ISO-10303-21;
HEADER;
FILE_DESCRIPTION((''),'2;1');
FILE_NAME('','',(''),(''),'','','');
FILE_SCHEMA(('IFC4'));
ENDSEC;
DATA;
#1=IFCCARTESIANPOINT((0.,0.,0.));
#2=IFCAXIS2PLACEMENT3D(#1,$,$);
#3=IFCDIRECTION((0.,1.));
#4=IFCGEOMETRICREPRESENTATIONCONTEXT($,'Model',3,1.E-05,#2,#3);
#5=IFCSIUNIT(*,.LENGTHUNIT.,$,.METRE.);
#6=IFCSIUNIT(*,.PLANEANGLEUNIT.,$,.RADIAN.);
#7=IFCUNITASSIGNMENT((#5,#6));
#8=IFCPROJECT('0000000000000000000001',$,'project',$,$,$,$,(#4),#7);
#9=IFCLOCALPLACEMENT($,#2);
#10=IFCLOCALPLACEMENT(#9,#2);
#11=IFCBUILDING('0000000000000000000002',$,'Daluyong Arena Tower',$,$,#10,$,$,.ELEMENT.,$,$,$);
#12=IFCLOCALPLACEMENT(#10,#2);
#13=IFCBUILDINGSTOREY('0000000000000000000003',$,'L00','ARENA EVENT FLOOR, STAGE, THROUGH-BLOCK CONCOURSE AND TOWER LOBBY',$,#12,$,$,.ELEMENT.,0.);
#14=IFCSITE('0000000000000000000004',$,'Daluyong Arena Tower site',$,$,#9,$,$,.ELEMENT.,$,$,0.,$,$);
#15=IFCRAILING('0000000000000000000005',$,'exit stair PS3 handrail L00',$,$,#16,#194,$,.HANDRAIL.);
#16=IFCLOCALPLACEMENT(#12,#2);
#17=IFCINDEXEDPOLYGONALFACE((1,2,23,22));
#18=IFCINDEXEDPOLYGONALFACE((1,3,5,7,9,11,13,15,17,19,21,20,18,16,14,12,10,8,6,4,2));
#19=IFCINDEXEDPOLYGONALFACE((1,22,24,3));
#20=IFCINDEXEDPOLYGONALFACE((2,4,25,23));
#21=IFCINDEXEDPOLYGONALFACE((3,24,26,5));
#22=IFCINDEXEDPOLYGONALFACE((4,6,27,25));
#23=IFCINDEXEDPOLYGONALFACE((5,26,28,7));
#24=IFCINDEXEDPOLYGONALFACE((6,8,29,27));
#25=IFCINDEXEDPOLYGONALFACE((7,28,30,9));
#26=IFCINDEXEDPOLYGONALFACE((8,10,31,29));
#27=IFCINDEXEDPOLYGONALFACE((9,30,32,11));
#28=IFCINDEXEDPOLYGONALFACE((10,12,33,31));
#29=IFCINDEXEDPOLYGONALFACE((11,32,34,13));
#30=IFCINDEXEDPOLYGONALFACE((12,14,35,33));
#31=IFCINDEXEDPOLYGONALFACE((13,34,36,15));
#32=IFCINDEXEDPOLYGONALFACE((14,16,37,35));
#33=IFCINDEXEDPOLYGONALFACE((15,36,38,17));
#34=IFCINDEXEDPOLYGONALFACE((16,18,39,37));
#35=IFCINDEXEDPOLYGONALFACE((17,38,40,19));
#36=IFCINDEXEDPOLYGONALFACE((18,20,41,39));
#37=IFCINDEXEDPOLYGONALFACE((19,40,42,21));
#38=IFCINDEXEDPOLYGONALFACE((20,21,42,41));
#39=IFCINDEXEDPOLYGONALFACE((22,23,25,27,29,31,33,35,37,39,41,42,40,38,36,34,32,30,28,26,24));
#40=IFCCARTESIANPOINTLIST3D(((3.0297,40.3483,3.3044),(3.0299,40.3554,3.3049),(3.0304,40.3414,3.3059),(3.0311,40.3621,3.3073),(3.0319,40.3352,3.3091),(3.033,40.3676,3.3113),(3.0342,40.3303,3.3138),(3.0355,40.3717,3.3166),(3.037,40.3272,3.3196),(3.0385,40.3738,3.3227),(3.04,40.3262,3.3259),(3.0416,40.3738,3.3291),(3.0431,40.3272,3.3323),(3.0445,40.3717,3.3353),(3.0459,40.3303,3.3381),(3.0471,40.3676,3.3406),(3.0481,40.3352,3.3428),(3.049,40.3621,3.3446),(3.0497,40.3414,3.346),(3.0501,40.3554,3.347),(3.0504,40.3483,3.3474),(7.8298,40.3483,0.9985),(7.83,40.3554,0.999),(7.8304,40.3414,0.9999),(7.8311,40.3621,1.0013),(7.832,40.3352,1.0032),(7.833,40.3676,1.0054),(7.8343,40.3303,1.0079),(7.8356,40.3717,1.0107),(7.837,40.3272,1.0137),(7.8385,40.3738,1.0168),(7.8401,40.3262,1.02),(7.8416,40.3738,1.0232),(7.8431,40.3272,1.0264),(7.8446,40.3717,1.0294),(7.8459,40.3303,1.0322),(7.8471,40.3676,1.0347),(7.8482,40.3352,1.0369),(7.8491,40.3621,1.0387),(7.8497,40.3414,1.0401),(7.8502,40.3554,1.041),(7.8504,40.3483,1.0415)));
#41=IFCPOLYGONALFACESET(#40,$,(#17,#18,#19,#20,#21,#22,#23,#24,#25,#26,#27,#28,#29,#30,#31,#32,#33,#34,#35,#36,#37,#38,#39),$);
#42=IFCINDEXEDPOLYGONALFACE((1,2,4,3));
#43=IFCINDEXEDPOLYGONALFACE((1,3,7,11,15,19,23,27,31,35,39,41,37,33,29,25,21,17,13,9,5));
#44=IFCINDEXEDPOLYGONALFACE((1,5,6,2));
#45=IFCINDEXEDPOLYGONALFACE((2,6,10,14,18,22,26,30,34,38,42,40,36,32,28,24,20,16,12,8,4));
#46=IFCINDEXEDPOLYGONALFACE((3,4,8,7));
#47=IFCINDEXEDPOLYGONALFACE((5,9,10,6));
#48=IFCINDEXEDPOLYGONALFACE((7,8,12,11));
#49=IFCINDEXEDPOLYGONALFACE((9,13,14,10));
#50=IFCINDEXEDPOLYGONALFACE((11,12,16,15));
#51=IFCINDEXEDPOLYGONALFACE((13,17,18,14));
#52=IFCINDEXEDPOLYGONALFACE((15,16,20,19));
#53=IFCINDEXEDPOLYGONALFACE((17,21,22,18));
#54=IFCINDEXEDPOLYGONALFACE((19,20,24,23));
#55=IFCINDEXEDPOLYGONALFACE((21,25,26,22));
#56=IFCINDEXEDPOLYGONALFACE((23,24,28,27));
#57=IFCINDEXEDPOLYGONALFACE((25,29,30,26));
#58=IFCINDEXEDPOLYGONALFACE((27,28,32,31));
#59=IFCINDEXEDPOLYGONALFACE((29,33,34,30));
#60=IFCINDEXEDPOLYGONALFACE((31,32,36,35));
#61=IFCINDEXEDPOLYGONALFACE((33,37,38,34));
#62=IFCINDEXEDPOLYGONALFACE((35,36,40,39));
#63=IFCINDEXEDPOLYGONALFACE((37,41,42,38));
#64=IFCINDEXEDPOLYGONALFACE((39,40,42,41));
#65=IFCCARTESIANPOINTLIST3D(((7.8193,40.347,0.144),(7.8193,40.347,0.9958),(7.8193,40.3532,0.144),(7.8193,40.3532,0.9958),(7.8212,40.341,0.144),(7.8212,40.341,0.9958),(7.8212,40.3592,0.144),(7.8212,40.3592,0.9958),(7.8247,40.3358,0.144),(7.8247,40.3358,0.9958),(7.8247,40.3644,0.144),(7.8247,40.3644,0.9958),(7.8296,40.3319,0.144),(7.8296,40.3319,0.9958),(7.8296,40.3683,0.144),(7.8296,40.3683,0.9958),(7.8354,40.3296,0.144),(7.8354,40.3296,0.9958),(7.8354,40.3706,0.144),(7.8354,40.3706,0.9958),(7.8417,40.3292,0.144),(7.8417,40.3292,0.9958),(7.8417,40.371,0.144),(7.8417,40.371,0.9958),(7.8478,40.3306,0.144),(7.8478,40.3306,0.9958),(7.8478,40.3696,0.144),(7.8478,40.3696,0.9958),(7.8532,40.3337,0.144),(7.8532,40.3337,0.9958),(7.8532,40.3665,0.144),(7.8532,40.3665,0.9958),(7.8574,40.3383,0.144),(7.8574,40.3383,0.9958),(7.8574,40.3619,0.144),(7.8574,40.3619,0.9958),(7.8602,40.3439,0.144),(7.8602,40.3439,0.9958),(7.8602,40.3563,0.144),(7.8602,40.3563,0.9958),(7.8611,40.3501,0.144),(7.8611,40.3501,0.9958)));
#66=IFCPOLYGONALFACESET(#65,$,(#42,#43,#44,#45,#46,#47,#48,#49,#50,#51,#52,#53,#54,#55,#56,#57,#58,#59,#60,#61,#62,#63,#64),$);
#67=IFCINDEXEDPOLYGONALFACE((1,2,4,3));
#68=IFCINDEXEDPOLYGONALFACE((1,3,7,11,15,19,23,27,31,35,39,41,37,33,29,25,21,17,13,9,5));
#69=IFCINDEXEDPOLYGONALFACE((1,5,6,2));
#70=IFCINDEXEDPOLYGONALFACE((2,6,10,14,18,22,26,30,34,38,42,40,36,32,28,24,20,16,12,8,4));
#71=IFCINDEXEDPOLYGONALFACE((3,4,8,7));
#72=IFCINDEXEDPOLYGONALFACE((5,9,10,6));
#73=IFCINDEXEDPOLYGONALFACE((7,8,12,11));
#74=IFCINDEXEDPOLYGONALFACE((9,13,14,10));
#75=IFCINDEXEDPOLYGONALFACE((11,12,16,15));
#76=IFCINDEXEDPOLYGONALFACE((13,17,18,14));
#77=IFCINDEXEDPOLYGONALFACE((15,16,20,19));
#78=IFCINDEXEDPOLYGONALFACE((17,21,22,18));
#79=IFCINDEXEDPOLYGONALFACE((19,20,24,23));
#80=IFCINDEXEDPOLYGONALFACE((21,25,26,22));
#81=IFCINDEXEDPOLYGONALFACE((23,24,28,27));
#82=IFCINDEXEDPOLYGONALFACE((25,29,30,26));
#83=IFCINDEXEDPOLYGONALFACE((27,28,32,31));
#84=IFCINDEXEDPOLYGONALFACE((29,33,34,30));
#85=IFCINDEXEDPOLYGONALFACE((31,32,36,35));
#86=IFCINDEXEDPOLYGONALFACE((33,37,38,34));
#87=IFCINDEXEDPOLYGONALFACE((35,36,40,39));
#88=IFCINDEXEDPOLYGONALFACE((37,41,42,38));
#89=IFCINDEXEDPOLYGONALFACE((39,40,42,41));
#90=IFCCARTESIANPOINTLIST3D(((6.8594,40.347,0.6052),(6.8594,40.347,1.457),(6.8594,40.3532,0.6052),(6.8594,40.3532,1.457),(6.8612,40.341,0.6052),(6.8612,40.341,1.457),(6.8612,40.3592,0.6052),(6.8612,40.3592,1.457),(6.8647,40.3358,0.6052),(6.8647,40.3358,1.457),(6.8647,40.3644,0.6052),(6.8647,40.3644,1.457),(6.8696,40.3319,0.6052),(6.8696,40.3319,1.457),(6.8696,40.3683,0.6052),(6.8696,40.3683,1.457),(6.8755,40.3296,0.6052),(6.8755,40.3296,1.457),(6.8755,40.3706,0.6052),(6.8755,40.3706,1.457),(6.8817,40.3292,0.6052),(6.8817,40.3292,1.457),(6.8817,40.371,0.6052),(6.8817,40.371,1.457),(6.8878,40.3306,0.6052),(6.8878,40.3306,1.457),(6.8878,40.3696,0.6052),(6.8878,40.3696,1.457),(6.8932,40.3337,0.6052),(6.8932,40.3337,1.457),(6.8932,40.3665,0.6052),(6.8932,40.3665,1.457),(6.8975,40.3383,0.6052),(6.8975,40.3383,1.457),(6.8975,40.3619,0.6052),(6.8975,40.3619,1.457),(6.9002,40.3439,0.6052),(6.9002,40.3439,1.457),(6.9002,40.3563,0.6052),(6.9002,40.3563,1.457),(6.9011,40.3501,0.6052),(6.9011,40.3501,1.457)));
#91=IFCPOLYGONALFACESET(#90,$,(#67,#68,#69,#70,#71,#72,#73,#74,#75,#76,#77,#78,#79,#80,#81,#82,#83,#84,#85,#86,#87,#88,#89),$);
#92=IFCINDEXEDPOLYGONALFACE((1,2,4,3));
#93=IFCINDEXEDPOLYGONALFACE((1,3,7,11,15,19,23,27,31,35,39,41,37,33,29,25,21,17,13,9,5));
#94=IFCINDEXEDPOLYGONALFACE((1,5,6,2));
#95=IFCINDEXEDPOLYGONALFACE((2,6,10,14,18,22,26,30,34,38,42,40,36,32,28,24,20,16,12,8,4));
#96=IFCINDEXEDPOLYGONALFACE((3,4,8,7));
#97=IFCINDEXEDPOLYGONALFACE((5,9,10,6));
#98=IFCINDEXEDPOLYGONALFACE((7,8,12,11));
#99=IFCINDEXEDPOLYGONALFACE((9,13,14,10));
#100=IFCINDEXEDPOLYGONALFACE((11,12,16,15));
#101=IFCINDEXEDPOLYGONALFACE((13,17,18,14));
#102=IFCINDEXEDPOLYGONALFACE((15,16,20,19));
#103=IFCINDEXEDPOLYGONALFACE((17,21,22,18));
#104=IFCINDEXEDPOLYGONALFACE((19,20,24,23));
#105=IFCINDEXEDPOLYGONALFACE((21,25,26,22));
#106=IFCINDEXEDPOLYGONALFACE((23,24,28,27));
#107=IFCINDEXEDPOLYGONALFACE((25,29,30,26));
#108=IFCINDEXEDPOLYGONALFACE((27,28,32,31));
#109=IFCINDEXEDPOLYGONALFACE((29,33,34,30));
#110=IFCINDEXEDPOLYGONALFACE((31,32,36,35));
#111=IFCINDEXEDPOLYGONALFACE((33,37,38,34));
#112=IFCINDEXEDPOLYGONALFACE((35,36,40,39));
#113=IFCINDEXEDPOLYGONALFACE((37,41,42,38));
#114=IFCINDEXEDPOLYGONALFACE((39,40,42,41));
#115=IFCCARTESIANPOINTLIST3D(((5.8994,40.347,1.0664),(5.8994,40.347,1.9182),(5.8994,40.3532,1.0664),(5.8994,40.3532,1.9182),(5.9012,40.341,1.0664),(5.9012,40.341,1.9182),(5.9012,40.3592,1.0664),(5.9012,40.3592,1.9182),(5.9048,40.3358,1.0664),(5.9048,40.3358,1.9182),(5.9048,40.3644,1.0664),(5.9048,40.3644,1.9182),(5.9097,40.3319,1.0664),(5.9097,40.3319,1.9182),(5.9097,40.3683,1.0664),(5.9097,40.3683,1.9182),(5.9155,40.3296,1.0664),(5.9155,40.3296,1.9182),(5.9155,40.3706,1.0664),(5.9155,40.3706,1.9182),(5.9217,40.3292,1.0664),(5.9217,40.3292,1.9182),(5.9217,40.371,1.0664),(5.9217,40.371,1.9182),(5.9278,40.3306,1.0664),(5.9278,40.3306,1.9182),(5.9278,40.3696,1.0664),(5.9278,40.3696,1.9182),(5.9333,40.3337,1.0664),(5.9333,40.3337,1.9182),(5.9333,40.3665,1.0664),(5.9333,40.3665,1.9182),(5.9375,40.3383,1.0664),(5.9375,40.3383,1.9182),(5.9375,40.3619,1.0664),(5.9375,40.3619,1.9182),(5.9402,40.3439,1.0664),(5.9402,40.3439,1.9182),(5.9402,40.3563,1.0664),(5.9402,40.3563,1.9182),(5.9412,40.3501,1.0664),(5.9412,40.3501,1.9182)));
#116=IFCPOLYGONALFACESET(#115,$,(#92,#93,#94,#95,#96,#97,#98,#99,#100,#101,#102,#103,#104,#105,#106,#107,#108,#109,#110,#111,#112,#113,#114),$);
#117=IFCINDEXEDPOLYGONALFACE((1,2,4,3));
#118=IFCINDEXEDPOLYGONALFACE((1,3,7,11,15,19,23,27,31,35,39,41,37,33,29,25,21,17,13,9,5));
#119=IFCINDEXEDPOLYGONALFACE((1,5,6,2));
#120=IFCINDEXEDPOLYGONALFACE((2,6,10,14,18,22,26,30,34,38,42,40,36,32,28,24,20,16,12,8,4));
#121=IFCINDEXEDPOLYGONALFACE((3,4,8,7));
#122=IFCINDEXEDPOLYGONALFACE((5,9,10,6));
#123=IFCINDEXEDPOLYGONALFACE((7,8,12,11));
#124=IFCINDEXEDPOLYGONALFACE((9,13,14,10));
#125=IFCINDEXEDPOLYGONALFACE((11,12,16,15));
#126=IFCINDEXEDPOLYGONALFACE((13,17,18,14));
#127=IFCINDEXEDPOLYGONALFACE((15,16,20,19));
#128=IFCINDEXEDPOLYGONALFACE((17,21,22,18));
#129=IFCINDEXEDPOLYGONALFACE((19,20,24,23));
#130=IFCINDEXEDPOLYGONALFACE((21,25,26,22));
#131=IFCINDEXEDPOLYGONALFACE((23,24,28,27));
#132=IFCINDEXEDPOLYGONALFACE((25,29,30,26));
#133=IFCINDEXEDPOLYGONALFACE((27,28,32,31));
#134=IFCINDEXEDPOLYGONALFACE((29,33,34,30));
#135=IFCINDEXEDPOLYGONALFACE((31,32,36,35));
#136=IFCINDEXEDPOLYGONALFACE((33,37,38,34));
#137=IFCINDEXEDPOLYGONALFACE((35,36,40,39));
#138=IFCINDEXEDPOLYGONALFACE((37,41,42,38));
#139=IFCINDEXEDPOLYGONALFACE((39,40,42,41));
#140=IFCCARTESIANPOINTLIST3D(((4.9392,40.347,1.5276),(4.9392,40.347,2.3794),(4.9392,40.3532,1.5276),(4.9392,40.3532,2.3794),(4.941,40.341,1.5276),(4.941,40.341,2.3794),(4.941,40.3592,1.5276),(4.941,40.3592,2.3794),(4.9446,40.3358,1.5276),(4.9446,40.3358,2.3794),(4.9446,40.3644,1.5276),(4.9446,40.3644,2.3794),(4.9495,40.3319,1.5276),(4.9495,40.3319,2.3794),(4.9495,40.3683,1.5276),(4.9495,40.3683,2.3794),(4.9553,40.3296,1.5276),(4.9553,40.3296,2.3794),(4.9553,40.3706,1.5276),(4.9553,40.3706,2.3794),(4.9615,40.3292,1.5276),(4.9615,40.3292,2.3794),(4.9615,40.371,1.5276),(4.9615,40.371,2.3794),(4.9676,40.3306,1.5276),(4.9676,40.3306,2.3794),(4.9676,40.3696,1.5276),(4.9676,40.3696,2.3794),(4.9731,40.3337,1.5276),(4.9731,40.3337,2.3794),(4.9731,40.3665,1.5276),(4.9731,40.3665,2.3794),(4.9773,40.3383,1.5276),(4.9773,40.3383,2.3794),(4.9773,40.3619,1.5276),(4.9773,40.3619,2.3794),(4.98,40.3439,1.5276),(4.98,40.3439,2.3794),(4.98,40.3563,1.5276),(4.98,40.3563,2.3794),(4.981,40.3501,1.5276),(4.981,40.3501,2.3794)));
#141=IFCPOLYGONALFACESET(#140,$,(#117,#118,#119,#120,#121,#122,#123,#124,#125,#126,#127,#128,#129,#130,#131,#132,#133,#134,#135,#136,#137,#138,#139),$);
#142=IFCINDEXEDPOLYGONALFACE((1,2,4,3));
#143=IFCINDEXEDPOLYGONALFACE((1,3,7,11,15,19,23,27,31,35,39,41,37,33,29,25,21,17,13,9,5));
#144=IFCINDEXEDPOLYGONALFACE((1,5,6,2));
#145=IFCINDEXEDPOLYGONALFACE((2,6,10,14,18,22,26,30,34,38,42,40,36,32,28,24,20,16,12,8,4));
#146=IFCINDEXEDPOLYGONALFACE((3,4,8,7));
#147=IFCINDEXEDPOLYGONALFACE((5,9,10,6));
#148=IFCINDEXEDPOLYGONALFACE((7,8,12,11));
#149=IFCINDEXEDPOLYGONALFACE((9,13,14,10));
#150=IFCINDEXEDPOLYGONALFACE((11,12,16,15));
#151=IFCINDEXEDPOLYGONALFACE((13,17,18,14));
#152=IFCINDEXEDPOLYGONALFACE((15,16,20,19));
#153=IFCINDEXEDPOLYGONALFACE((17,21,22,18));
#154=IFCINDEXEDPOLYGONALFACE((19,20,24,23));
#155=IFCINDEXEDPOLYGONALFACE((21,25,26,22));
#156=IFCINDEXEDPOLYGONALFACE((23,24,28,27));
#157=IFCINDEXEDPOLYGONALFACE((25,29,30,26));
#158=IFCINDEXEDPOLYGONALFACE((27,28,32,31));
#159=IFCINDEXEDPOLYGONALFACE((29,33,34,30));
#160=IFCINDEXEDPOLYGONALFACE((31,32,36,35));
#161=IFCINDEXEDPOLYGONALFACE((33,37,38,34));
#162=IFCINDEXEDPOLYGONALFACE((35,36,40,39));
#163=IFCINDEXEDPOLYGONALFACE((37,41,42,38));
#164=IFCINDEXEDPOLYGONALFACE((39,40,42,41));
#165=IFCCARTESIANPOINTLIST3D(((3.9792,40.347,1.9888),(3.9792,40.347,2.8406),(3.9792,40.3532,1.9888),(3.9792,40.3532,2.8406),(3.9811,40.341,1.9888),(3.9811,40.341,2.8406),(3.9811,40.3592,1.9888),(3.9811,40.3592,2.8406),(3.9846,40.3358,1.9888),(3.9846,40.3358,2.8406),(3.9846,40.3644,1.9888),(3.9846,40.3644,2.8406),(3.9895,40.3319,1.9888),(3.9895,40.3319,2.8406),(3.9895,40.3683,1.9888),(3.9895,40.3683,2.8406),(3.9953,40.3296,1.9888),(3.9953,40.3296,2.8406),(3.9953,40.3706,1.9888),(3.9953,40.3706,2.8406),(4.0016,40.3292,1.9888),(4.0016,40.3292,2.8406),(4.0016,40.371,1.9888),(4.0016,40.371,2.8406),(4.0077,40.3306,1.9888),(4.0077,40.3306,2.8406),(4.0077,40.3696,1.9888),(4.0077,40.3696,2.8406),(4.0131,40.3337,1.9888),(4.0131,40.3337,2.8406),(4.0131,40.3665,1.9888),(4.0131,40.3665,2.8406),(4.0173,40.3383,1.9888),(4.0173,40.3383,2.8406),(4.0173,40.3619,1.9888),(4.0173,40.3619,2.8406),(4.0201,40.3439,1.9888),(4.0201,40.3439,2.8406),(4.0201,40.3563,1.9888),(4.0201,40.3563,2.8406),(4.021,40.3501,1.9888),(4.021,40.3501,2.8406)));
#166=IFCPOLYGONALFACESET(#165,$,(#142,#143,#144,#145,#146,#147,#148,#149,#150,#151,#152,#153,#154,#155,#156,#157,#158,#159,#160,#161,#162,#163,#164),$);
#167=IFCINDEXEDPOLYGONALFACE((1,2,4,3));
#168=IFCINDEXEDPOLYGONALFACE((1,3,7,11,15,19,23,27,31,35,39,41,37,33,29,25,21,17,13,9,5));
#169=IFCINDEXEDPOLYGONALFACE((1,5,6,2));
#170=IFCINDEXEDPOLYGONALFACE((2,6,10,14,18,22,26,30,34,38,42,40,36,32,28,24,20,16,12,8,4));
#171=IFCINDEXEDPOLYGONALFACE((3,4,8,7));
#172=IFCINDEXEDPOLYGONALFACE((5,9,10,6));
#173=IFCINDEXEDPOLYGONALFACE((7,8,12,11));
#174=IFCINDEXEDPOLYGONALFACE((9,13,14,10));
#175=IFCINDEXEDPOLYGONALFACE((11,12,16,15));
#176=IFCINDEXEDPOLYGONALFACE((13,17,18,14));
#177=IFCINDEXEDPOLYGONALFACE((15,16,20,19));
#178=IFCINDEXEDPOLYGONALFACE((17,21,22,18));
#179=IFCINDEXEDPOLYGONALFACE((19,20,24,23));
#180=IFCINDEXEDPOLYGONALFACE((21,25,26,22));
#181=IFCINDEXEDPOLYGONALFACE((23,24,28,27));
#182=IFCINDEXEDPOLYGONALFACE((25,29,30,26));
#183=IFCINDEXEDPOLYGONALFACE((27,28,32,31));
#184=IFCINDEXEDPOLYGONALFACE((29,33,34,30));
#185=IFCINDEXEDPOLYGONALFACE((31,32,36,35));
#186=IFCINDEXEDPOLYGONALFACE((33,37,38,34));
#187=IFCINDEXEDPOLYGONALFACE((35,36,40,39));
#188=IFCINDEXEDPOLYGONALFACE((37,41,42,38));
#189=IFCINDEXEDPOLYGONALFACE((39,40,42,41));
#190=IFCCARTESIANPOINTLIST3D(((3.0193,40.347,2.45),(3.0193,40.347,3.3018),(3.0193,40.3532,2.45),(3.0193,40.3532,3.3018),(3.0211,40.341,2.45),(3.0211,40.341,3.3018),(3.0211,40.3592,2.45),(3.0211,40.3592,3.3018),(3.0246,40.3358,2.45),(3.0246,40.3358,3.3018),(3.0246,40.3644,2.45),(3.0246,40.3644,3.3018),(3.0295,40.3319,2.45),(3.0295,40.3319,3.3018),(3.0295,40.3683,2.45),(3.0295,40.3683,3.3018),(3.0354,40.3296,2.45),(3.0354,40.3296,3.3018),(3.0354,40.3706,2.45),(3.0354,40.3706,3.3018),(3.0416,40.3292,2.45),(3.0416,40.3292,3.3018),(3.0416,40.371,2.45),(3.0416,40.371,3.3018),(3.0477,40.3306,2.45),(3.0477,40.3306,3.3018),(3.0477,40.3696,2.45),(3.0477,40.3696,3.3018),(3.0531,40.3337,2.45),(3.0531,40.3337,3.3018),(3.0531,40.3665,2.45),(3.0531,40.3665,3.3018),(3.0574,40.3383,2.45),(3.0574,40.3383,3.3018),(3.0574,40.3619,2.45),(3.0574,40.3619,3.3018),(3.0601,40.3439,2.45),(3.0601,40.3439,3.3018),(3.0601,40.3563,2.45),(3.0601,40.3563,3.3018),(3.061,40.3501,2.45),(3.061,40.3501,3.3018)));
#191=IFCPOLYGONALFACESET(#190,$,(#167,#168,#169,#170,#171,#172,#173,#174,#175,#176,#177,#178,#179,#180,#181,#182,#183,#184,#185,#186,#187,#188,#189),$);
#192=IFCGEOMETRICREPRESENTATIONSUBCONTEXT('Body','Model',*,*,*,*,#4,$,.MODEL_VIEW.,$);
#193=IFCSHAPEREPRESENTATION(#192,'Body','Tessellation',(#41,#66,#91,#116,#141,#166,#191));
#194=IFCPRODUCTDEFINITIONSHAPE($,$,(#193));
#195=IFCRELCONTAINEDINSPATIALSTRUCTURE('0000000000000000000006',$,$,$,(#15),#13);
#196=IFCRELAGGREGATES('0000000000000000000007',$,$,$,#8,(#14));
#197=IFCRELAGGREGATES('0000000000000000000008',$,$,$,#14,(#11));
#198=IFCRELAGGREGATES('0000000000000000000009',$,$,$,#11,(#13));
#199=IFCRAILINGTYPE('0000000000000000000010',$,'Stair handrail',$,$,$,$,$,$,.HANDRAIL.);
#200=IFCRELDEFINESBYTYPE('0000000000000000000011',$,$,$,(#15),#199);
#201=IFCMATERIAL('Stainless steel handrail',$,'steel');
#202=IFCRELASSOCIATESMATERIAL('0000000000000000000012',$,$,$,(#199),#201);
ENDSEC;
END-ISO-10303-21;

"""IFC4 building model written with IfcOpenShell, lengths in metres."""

from ifc_helpers import new_model, si_unit, direction, frame, origin, origin_2d, place, context, subcontext, project, spatial, circle, extrude, material, type_object, element, save


model = new_model("IFC4")

# Units and contexts
model_context = context("Model", 3, precision=1e-05, world=origin(), true_north=direction((0.0, 1.0)))
body_context = subcontext(model_context, "Body", "Model", "MODEL_VIEW")
ifc_project = project(units=[si_unit("LENGTHUNIT", "METRE"), si_unit("PLANEANGLEUNIT", "RADIAN")], contexts=[model_context])

# Site, building, storey
site_placement = place(None, origin())
site = spatial("IfcSite", under=ifc_project, at=site_placement, Name="Daluyong Arena Tower site", CompositionType="ELEMENT", RefElevation=0.0)
building_placement = place(site_placement, origin())
building = spatial("IfcBuilding", under=site, at=building_placement, Name="Daluyong Arena Tower", CompositionType="ELEMENT")
storey_placement = place(building_placement, origin())
storey = spatial("IfcBuildingStorey", under=building, at=storey_placement, Name="L00", Description="ARENA EVENT FLOOR, STAGE, THROUGH-BLOCK CONCOURSE AND TOWER LOBBY", CompositionType="ELEMENT", Elevation=0.0)

# Railing
ifc_material_1 = material(Name="Stainless steel handrail", Category="steel")
railing_type_1 = type_object("IfcRailingType", Name="Stair handrail", PredefinedType="HANDRAIL", material=ifc_material_1)
railing_1_placement = place(storey_placement, frame((7.8401, 40.3501, 0.144)))
element("IfcRailing", 1, at=railing_1_placement, inside=storey, type_object=railing_type_1, Name="exit stair PS3 handrail L00", PredefinedType="HANDRAIL", context=body_context, shape_type="SweptSolid", body=[
    extrude(circle(Radius=0.0239, at=origin_2d()), frame((0.0, 0.0, 0.876), z_axis=(-0.901385, 0.0, 0.433019), x_axis=(0.0, -1.0, 0.0)), (0.0, 0.0, 1.0), 5.3252),
    extrude(circle(Radius=0.021, at=origin_2d()), origin(), (0.0, 0.0, 1.0), 0.8518),
    extrude(circle(Radius=0.021, at=origin_2d()), frame((-0.96, 0.0, 0.4612)), (0.0, 0.0, 1.0), 0.8518),
    extrude(circle(Radius=0.021, at=origin_2d()), frame((-1.9199, 0.0, 0.9224)), (0.0, 0.0, 1.0), 0.8518),
    extrude(circle(Radius=0.021, at=origin_2d()), frame((-2.8801, 0.0, 1.3835)), (0.0, 0.0, 1.0), 0.8518),
    extrude(circle(Radius=0.021, at=origin_2d()), frame((-3.8401, 0.0, 1.8447)), (0.0, 0.0, 1.0), 0.8518),
    extrude(circle(Radius=0.021, at=origin_2d()), frame((-4.8, 0.0, 2.3059)), (0.0, 0.0, 1.0), 0.8518),
])

save(model, "model.ifc")
